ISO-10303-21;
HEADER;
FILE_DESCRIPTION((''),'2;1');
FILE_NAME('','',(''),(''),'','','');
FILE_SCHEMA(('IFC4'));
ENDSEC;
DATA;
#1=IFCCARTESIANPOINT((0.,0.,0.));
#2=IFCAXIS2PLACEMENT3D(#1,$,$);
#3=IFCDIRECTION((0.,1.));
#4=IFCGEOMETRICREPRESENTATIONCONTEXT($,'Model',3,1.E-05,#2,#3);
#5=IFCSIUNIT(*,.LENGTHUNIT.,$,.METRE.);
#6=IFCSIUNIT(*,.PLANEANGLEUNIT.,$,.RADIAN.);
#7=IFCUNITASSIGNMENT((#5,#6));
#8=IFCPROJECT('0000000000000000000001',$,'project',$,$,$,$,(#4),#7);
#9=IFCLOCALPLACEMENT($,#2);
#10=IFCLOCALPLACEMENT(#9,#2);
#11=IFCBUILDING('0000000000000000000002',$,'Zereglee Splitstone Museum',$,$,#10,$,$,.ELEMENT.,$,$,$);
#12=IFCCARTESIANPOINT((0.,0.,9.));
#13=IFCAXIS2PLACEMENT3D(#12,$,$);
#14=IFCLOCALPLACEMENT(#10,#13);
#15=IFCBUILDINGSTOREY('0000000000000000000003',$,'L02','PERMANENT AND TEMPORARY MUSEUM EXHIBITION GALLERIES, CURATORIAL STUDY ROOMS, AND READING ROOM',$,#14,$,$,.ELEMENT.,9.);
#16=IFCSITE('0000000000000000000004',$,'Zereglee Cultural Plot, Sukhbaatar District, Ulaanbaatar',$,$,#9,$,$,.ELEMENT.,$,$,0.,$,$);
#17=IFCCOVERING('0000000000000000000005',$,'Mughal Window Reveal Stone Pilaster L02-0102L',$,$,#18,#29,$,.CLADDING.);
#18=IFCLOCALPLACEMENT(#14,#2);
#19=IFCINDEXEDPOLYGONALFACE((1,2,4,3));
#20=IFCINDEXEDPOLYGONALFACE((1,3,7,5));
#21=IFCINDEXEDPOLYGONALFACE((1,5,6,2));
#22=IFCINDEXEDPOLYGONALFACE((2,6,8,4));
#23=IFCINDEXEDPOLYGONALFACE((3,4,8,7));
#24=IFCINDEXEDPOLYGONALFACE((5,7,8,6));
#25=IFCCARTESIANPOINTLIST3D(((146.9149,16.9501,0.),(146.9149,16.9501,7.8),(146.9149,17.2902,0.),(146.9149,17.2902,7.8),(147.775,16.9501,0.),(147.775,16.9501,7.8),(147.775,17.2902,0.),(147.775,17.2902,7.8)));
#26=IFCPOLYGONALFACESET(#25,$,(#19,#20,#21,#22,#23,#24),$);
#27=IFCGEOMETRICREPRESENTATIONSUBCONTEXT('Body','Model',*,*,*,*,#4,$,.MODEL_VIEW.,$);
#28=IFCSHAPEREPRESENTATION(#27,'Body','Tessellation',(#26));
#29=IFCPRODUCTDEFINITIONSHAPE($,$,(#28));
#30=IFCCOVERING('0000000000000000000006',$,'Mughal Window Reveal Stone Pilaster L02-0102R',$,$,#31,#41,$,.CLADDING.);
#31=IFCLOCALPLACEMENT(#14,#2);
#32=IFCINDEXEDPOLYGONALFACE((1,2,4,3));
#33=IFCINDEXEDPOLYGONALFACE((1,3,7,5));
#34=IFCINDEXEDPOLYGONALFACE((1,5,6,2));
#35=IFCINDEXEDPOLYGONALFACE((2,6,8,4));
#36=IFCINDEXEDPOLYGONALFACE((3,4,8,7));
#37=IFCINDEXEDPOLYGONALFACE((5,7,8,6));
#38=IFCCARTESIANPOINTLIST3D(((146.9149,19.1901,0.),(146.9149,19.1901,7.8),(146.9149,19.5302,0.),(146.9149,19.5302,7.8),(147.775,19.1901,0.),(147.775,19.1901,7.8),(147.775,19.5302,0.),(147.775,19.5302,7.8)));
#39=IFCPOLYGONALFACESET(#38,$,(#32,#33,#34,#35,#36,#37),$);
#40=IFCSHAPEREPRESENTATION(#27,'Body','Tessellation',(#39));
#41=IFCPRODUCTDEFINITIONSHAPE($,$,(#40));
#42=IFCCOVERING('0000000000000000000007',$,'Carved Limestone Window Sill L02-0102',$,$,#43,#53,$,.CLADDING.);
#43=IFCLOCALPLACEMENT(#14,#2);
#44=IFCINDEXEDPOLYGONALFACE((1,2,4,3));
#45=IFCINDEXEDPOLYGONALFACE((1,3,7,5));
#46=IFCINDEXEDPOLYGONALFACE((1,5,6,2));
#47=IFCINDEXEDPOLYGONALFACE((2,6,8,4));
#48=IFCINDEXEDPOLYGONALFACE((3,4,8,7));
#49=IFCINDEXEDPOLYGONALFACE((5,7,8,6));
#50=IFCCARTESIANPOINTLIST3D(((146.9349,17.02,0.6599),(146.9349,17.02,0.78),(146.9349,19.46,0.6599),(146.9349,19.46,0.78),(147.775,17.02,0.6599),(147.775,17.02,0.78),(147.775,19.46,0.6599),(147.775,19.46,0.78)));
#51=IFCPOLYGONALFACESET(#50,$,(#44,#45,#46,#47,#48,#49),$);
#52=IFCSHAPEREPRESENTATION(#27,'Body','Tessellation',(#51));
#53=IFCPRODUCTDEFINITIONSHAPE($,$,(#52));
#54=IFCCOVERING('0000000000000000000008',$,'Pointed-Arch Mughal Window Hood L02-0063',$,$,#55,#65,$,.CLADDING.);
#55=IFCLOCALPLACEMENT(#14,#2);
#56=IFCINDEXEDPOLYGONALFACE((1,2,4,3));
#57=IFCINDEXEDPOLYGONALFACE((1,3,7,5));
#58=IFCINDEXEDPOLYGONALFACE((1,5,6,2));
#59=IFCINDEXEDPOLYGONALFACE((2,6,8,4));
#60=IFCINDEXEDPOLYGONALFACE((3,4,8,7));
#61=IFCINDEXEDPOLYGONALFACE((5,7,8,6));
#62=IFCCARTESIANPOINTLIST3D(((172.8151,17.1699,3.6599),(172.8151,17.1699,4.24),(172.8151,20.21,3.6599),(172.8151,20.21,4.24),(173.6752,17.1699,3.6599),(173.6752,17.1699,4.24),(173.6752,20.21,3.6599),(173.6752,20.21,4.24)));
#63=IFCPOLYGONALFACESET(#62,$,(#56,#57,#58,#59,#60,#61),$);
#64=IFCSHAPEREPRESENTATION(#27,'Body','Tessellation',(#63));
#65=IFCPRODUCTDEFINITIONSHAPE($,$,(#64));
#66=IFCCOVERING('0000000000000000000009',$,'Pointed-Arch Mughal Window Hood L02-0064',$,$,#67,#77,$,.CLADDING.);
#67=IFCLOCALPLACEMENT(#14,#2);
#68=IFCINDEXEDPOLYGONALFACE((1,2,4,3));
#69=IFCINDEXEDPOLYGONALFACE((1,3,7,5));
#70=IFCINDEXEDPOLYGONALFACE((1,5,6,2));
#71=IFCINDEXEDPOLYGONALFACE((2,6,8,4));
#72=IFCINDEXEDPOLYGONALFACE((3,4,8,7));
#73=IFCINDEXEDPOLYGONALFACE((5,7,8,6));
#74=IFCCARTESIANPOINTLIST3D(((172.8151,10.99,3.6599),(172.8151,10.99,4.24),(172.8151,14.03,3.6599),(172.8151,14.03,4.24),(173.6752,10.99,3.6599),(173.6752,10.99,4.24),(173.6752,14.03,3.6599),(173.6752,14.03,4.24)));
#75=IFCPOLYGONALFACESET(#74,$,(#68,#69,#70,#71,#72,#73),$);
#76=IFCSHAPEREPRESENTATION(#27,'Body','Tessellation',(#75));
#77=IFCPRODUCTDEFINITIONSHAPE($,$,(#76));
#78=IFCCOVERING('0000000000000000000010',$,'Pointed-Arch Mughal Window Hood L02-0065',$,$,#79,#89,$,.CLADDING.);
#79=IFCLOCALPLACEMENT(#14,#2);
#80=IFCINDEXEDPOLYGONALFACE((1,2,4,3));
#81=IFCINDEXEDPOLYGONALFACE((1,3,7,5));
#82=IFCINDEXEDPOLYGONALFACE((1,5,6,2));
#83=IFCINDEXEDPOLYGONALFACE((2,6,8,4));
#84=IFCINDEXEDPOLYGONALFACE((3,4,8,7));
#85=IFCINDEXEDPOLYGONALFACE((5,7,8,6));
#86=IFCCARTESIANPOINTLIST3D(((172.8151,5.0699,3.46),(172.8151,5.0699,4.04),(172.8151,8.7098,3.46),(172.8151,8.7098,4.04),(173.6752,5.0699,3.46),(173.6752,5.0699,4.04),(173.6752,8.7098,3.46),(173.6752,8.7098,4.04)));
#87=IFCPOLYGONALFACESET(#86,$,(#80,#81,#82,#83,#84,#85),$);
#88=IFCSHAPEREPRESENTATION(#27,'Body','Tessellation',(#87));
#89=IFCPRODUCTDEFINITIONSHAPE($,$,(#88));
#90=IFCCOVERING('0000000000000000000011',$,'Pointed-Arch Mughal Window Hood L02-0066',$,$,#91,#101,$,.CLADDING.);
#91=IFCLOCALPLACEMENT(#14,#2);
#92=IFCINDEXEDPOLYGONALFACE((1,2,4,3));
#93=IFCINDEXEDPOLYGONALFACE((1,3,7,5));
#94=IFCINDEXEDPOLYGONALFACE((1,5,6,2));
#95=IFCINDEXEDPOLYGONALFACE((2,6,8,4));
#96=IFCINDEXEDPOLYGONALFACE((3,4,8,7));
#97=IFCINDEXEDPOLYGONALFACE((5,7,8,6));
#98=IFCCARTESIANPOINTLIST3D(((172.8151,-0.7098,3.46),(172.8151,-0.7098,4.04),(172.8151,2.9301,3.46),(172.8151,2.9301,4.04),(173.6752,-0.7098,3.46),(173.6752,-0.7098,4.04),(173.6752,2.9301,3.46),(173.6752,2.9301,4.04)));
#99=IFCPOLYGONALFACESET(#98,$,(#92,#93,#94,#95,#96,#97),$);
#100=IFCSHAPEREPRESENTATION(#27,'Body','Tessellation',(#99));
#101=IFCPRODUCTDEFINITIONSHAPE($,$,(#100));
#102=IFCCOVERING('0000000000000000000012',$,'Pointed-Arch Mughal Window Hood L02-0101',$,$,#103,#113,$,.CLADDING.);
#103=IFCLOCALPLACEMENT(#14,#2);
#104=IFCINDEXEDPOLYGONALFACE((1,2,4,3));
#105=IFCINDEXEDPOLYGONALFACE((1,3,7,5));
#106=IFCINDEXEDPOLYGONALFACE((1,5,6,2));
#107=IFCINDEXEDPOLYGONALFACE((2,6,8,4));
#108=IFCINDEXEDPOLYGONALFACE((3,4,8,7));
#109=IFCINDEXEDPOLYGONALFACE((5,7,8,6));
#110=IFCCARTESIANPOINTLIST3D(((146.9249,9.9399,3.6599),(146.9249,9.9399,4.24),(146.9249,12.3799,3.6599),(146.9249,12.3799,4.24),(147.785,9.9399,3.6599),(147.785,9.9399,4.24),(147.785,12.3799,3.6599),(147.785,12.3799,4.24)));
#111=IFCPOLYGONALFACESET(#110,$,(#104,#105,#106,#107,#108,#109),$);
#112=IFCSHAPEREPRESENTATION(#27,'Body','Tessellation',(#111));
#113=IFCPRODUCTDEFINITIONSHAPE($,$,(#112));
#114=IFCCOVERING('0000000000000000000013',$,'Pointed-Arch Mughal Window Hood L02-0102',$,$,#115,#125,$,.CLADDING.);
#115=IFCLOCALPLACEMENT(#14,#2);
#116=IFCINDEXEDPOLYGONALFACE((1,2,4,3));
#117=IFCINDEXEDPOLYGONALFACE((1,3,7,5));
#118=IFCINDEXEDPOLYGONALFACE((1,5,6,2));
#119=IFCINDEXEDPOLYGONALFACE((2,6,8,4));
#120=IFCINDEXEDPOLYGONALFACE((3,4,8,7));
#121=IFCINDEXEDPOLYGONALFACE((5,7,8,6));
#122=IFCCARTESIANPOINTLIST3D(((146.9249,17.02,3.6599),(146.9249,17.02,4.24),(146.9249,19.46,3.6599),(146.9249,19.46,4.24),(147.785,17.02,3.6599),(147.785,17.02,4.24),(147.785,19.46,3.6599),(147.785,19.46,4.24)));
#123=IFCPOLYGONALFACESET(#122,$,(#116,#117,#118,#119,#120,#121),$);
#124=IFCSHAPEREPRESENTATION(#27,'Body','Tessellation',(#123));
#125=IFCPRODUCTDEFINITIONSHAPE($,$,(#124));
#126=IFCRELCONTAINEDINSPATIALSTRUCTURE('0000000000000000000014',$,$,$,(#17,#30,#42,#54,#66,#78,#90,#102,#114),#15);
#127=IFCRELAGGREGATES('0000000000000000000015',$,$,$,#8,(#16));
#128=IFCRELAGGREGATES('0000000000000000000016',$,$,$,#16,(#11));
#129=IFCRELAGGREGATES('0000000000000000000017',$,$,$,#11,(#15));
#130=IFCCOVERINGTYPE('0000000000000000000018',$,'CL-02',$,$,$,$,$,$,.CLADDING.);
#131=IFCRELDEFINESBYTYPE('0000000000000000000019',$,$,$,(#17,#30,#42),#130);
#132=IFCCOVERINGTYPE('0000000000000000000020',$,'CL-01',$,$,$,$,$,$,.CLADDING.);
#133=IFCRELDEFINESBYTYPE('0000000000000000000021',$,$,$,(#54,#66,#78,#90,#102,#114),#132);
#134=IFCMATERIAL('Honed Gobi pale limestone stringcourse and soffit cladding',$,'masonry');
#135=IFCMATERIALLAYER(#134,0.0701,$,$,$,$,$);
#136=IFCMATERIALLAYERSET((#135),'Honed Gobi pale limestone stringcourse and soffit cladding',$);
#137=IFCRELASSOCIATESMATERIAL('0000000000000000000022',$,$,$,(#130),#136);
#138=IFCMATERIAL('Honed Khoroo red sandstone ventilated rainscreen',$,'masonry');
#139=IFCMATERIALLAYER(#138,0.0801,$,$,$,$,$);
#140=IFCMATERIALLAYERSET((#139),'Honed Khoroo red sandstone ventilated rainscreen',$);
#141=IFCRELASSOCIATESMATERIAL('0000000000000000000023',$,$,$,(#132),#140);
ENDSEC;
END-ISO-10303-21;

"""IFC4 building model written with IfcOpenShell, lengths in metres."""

from ifc_helpers import new_model, si_unit, direction, frame, origin, origin_2d, place, context, subcontext, project, spatial, rectangle, extrude, material, layer, layer_set, type_object, element, save


model = new_model("IFC4")

# Units and contexts
model_context = context("Model", 3, precision=1e-05, world=origin(), true_north=direction((0.0, 1.0)))
body_context = subcontext(model_context, "Body", "Model", "MODEL_VIEW")
ifc_project = project(units=[si_unit("LENGTHUNIT", "METRE"), si_unit("PLANEANGLEUNIT", "RADIAN")], contexts=[model_context])

# Site, building, storey
site_placement = place(None, origin())
site = spatial("IfcSite", under=ifc_project, at=site_placement, Name="Zereglee Cultural Plot, Sukhbaatar District, Ulaanbaatar", CompositionType="ELEMENT", RefElevation=0.0)
building_placement = place(site_placement, origin())
building = spatial("IfcBuilding", under=site, at=building_placement, Name="Zereglee Splitstone Museum", CompositionType="ELEMENT")
storey_placement = place(building_placement, frame((0.0, 0.0, 9.0)))
storey = spatial("IfcBuildingStorey", under=building, at=storey_placement, Name="L02", Description="PERMANENT AND TEMPORARY MUSEUM EXHIBITION GALLERIES, CURATORIAL STUDY ROOMS, AND READING ROOM", CompositionType="ELEMENT", Elevation=9.0)

# Coverings
ifc_material_1 = material(Name="Honed Gobi pale limestone stringcourse and soffit cladding", Category="masonry")
ifc_layer_1 = layer(ifc_material_1, 0.0701)
ifc_layer_set_1 = layer_set([ifc_layer_1], Name="Honed Gobi pale limestone stringcourse and soffit cladding")
covering_type_1 = type_object("IfcCoveringType", Name="CL-02", PredefinedType="CLADDING", material=ifc_layer_set_1)
for number, where, z_axis, x_axis, name in (
    (1, (147.345, 17.1201, 0.0), (0.0, 0.0, 1.0), (0.0, 1.0, 0.0), "Mughal Window Reveal Stone Pilaster L02-0102L"),
    (2, (147.345, 19.3601, 0.0), (0.0, 0.0, 1.0), (0.0, 1.0, 0.0), "Mughal Window Reveal Stone Pilaster L02-0102R"),
):
    element("IfcCovering", number, at=place(storey_placement, frame(where, z_axis=z_axis, x_axis=x_axis)), inside=storey, type_object=covering_type_1, Name=name, PredefinedType="CLADDING", context=body_context, shape_type="SweptSolid", body=[
        extrude(rectangle(XDim=0.3401, YDim=0.8601, at=origin_2d()), origin(), (0.0, 0.0, 1.0), 7.8),
    ])
covering_1_placement = place(storey_placement, frame((147.355, 18.24, 0.6599), z_axis=(0.0, 0.0, 1.0), x_axis=(0.0, 1.0, 0.0)))
element("IfcCovering", 3, at=covering_1_placement, inside=storey, type_object=covering_type_1, Name="Carved Limestone Window Sill L02-0102", PredefinedType="CLADDING", context=body_context, shape_type="SweptSolid", body=[
    extrude(rectangle(XDim=2.4399, YDim=0.8401, at=origin_2d()), origin(), (0.0, 0.0, 1.0), 0.1201),
])
ifc_material_2 = material(Name="Honed Khoroo red sandstone ventilated rainscreen", Category="masonry")
ifc_layer_2 = layer(ifc_material_2, 0.0801)
ifc_layer_set_2 = layer_set([ifc_layer_2], Name="Honed Khoroo red sandstone ventilated rainscreen")
covering_type_2 = type_object("IfcCoveringType", Name="CL-01", PredefinedType="CLADDING", material=ifc_layer_set_2)
for number, where, z_axis, x_axis, name in (
    (4, (173.2451, 18.6899, 3.6599), (0.0, 0.0, 1.0), (0.0, -1.0, 0.0), "Pointed-Arch Mughal Window Hood L02-0063"),
    (5, (173.2451, 12.51, 3.6599), (0.0, 0.0, 1.0), (0.0, -1.0, 0.0), "Pointed-Arch Mughal Window Hood L02-0064"),
):
    element("IfcCovering", number, at=place(storey_placement, frame(where, z_axis=z_axis, x_axis=x_axis)), inside=storey, type_object=covering_type_2, Name=name, PredefinedType="CLADDING", context=body_context, shape_type="SweptSolid", body=[
        extrude(rectangle(XDim=3.04, YDim=0.8601, at=origin_2d()), origin(), (0.0, 0.0, 1.0), 0.5801),
    ])
for number, where, z_axis, x_axis, name in (
    (6, (173.2451, 6.8899, 3.46), (0.0, 0.0, 1.0), (0.0, -1.0, 0.0), "Pointed-Arch Mughal Window Hood L02-0065"),
    (7, (173.2451, 1.1101, 3.46), (0.0, 0.0, 1.0), (0.0, -1.0, 0.0), "Pointed-Arch Mughal Window Hood L02-0066"),
):
    element("IfcCovering", number, at=place(storey_placement, frame(where, z_axis=z_axis, x_axis=x_axis)), inside=storey, type_object=covering_type_2, Name=name, PredefinedType="CLADDING", context=body_context, shape_type="SweptSolid", body=[
        extrude(rectangle(XDim=3.6399, YDim=0.8601, at=origin_2d()), origin(), (0.0, 0.0, 1.0), 0.5801),
    ])
for number, where, z_axis, x_axis, name in (
    (8, (147.355, 11.1599, 3.6599), (0.0, 0.0, 1.0), (0.0, 1.0, 0.0), "Pointed-Arch Mughal Window Hood L02-0101"),
    (9, (147.355, 18.24, 3.6599), (0.0, 0.0, 1.0), (0.0, 1.0, 0.0), "Pointed-Arch Mughal Window Hood L02-0102"),
):
    element("IfcCovering", number, at=place(storey_placement, frame(where, z_axis=z_axis, x_axis=x_axis)), inside=storey, type_object=covering_type_2, Name=name, PredefinedType="CLADDING", context=body_context, shape_type="SweptSolid", body=[
        extrude(rectangle(XDim=2.4399, YDim=0.8601, at=origin_2d()), origin(), (0.0, 0.0, 1.0), 0.5801),
    ])

save(model, "model.ifc")
